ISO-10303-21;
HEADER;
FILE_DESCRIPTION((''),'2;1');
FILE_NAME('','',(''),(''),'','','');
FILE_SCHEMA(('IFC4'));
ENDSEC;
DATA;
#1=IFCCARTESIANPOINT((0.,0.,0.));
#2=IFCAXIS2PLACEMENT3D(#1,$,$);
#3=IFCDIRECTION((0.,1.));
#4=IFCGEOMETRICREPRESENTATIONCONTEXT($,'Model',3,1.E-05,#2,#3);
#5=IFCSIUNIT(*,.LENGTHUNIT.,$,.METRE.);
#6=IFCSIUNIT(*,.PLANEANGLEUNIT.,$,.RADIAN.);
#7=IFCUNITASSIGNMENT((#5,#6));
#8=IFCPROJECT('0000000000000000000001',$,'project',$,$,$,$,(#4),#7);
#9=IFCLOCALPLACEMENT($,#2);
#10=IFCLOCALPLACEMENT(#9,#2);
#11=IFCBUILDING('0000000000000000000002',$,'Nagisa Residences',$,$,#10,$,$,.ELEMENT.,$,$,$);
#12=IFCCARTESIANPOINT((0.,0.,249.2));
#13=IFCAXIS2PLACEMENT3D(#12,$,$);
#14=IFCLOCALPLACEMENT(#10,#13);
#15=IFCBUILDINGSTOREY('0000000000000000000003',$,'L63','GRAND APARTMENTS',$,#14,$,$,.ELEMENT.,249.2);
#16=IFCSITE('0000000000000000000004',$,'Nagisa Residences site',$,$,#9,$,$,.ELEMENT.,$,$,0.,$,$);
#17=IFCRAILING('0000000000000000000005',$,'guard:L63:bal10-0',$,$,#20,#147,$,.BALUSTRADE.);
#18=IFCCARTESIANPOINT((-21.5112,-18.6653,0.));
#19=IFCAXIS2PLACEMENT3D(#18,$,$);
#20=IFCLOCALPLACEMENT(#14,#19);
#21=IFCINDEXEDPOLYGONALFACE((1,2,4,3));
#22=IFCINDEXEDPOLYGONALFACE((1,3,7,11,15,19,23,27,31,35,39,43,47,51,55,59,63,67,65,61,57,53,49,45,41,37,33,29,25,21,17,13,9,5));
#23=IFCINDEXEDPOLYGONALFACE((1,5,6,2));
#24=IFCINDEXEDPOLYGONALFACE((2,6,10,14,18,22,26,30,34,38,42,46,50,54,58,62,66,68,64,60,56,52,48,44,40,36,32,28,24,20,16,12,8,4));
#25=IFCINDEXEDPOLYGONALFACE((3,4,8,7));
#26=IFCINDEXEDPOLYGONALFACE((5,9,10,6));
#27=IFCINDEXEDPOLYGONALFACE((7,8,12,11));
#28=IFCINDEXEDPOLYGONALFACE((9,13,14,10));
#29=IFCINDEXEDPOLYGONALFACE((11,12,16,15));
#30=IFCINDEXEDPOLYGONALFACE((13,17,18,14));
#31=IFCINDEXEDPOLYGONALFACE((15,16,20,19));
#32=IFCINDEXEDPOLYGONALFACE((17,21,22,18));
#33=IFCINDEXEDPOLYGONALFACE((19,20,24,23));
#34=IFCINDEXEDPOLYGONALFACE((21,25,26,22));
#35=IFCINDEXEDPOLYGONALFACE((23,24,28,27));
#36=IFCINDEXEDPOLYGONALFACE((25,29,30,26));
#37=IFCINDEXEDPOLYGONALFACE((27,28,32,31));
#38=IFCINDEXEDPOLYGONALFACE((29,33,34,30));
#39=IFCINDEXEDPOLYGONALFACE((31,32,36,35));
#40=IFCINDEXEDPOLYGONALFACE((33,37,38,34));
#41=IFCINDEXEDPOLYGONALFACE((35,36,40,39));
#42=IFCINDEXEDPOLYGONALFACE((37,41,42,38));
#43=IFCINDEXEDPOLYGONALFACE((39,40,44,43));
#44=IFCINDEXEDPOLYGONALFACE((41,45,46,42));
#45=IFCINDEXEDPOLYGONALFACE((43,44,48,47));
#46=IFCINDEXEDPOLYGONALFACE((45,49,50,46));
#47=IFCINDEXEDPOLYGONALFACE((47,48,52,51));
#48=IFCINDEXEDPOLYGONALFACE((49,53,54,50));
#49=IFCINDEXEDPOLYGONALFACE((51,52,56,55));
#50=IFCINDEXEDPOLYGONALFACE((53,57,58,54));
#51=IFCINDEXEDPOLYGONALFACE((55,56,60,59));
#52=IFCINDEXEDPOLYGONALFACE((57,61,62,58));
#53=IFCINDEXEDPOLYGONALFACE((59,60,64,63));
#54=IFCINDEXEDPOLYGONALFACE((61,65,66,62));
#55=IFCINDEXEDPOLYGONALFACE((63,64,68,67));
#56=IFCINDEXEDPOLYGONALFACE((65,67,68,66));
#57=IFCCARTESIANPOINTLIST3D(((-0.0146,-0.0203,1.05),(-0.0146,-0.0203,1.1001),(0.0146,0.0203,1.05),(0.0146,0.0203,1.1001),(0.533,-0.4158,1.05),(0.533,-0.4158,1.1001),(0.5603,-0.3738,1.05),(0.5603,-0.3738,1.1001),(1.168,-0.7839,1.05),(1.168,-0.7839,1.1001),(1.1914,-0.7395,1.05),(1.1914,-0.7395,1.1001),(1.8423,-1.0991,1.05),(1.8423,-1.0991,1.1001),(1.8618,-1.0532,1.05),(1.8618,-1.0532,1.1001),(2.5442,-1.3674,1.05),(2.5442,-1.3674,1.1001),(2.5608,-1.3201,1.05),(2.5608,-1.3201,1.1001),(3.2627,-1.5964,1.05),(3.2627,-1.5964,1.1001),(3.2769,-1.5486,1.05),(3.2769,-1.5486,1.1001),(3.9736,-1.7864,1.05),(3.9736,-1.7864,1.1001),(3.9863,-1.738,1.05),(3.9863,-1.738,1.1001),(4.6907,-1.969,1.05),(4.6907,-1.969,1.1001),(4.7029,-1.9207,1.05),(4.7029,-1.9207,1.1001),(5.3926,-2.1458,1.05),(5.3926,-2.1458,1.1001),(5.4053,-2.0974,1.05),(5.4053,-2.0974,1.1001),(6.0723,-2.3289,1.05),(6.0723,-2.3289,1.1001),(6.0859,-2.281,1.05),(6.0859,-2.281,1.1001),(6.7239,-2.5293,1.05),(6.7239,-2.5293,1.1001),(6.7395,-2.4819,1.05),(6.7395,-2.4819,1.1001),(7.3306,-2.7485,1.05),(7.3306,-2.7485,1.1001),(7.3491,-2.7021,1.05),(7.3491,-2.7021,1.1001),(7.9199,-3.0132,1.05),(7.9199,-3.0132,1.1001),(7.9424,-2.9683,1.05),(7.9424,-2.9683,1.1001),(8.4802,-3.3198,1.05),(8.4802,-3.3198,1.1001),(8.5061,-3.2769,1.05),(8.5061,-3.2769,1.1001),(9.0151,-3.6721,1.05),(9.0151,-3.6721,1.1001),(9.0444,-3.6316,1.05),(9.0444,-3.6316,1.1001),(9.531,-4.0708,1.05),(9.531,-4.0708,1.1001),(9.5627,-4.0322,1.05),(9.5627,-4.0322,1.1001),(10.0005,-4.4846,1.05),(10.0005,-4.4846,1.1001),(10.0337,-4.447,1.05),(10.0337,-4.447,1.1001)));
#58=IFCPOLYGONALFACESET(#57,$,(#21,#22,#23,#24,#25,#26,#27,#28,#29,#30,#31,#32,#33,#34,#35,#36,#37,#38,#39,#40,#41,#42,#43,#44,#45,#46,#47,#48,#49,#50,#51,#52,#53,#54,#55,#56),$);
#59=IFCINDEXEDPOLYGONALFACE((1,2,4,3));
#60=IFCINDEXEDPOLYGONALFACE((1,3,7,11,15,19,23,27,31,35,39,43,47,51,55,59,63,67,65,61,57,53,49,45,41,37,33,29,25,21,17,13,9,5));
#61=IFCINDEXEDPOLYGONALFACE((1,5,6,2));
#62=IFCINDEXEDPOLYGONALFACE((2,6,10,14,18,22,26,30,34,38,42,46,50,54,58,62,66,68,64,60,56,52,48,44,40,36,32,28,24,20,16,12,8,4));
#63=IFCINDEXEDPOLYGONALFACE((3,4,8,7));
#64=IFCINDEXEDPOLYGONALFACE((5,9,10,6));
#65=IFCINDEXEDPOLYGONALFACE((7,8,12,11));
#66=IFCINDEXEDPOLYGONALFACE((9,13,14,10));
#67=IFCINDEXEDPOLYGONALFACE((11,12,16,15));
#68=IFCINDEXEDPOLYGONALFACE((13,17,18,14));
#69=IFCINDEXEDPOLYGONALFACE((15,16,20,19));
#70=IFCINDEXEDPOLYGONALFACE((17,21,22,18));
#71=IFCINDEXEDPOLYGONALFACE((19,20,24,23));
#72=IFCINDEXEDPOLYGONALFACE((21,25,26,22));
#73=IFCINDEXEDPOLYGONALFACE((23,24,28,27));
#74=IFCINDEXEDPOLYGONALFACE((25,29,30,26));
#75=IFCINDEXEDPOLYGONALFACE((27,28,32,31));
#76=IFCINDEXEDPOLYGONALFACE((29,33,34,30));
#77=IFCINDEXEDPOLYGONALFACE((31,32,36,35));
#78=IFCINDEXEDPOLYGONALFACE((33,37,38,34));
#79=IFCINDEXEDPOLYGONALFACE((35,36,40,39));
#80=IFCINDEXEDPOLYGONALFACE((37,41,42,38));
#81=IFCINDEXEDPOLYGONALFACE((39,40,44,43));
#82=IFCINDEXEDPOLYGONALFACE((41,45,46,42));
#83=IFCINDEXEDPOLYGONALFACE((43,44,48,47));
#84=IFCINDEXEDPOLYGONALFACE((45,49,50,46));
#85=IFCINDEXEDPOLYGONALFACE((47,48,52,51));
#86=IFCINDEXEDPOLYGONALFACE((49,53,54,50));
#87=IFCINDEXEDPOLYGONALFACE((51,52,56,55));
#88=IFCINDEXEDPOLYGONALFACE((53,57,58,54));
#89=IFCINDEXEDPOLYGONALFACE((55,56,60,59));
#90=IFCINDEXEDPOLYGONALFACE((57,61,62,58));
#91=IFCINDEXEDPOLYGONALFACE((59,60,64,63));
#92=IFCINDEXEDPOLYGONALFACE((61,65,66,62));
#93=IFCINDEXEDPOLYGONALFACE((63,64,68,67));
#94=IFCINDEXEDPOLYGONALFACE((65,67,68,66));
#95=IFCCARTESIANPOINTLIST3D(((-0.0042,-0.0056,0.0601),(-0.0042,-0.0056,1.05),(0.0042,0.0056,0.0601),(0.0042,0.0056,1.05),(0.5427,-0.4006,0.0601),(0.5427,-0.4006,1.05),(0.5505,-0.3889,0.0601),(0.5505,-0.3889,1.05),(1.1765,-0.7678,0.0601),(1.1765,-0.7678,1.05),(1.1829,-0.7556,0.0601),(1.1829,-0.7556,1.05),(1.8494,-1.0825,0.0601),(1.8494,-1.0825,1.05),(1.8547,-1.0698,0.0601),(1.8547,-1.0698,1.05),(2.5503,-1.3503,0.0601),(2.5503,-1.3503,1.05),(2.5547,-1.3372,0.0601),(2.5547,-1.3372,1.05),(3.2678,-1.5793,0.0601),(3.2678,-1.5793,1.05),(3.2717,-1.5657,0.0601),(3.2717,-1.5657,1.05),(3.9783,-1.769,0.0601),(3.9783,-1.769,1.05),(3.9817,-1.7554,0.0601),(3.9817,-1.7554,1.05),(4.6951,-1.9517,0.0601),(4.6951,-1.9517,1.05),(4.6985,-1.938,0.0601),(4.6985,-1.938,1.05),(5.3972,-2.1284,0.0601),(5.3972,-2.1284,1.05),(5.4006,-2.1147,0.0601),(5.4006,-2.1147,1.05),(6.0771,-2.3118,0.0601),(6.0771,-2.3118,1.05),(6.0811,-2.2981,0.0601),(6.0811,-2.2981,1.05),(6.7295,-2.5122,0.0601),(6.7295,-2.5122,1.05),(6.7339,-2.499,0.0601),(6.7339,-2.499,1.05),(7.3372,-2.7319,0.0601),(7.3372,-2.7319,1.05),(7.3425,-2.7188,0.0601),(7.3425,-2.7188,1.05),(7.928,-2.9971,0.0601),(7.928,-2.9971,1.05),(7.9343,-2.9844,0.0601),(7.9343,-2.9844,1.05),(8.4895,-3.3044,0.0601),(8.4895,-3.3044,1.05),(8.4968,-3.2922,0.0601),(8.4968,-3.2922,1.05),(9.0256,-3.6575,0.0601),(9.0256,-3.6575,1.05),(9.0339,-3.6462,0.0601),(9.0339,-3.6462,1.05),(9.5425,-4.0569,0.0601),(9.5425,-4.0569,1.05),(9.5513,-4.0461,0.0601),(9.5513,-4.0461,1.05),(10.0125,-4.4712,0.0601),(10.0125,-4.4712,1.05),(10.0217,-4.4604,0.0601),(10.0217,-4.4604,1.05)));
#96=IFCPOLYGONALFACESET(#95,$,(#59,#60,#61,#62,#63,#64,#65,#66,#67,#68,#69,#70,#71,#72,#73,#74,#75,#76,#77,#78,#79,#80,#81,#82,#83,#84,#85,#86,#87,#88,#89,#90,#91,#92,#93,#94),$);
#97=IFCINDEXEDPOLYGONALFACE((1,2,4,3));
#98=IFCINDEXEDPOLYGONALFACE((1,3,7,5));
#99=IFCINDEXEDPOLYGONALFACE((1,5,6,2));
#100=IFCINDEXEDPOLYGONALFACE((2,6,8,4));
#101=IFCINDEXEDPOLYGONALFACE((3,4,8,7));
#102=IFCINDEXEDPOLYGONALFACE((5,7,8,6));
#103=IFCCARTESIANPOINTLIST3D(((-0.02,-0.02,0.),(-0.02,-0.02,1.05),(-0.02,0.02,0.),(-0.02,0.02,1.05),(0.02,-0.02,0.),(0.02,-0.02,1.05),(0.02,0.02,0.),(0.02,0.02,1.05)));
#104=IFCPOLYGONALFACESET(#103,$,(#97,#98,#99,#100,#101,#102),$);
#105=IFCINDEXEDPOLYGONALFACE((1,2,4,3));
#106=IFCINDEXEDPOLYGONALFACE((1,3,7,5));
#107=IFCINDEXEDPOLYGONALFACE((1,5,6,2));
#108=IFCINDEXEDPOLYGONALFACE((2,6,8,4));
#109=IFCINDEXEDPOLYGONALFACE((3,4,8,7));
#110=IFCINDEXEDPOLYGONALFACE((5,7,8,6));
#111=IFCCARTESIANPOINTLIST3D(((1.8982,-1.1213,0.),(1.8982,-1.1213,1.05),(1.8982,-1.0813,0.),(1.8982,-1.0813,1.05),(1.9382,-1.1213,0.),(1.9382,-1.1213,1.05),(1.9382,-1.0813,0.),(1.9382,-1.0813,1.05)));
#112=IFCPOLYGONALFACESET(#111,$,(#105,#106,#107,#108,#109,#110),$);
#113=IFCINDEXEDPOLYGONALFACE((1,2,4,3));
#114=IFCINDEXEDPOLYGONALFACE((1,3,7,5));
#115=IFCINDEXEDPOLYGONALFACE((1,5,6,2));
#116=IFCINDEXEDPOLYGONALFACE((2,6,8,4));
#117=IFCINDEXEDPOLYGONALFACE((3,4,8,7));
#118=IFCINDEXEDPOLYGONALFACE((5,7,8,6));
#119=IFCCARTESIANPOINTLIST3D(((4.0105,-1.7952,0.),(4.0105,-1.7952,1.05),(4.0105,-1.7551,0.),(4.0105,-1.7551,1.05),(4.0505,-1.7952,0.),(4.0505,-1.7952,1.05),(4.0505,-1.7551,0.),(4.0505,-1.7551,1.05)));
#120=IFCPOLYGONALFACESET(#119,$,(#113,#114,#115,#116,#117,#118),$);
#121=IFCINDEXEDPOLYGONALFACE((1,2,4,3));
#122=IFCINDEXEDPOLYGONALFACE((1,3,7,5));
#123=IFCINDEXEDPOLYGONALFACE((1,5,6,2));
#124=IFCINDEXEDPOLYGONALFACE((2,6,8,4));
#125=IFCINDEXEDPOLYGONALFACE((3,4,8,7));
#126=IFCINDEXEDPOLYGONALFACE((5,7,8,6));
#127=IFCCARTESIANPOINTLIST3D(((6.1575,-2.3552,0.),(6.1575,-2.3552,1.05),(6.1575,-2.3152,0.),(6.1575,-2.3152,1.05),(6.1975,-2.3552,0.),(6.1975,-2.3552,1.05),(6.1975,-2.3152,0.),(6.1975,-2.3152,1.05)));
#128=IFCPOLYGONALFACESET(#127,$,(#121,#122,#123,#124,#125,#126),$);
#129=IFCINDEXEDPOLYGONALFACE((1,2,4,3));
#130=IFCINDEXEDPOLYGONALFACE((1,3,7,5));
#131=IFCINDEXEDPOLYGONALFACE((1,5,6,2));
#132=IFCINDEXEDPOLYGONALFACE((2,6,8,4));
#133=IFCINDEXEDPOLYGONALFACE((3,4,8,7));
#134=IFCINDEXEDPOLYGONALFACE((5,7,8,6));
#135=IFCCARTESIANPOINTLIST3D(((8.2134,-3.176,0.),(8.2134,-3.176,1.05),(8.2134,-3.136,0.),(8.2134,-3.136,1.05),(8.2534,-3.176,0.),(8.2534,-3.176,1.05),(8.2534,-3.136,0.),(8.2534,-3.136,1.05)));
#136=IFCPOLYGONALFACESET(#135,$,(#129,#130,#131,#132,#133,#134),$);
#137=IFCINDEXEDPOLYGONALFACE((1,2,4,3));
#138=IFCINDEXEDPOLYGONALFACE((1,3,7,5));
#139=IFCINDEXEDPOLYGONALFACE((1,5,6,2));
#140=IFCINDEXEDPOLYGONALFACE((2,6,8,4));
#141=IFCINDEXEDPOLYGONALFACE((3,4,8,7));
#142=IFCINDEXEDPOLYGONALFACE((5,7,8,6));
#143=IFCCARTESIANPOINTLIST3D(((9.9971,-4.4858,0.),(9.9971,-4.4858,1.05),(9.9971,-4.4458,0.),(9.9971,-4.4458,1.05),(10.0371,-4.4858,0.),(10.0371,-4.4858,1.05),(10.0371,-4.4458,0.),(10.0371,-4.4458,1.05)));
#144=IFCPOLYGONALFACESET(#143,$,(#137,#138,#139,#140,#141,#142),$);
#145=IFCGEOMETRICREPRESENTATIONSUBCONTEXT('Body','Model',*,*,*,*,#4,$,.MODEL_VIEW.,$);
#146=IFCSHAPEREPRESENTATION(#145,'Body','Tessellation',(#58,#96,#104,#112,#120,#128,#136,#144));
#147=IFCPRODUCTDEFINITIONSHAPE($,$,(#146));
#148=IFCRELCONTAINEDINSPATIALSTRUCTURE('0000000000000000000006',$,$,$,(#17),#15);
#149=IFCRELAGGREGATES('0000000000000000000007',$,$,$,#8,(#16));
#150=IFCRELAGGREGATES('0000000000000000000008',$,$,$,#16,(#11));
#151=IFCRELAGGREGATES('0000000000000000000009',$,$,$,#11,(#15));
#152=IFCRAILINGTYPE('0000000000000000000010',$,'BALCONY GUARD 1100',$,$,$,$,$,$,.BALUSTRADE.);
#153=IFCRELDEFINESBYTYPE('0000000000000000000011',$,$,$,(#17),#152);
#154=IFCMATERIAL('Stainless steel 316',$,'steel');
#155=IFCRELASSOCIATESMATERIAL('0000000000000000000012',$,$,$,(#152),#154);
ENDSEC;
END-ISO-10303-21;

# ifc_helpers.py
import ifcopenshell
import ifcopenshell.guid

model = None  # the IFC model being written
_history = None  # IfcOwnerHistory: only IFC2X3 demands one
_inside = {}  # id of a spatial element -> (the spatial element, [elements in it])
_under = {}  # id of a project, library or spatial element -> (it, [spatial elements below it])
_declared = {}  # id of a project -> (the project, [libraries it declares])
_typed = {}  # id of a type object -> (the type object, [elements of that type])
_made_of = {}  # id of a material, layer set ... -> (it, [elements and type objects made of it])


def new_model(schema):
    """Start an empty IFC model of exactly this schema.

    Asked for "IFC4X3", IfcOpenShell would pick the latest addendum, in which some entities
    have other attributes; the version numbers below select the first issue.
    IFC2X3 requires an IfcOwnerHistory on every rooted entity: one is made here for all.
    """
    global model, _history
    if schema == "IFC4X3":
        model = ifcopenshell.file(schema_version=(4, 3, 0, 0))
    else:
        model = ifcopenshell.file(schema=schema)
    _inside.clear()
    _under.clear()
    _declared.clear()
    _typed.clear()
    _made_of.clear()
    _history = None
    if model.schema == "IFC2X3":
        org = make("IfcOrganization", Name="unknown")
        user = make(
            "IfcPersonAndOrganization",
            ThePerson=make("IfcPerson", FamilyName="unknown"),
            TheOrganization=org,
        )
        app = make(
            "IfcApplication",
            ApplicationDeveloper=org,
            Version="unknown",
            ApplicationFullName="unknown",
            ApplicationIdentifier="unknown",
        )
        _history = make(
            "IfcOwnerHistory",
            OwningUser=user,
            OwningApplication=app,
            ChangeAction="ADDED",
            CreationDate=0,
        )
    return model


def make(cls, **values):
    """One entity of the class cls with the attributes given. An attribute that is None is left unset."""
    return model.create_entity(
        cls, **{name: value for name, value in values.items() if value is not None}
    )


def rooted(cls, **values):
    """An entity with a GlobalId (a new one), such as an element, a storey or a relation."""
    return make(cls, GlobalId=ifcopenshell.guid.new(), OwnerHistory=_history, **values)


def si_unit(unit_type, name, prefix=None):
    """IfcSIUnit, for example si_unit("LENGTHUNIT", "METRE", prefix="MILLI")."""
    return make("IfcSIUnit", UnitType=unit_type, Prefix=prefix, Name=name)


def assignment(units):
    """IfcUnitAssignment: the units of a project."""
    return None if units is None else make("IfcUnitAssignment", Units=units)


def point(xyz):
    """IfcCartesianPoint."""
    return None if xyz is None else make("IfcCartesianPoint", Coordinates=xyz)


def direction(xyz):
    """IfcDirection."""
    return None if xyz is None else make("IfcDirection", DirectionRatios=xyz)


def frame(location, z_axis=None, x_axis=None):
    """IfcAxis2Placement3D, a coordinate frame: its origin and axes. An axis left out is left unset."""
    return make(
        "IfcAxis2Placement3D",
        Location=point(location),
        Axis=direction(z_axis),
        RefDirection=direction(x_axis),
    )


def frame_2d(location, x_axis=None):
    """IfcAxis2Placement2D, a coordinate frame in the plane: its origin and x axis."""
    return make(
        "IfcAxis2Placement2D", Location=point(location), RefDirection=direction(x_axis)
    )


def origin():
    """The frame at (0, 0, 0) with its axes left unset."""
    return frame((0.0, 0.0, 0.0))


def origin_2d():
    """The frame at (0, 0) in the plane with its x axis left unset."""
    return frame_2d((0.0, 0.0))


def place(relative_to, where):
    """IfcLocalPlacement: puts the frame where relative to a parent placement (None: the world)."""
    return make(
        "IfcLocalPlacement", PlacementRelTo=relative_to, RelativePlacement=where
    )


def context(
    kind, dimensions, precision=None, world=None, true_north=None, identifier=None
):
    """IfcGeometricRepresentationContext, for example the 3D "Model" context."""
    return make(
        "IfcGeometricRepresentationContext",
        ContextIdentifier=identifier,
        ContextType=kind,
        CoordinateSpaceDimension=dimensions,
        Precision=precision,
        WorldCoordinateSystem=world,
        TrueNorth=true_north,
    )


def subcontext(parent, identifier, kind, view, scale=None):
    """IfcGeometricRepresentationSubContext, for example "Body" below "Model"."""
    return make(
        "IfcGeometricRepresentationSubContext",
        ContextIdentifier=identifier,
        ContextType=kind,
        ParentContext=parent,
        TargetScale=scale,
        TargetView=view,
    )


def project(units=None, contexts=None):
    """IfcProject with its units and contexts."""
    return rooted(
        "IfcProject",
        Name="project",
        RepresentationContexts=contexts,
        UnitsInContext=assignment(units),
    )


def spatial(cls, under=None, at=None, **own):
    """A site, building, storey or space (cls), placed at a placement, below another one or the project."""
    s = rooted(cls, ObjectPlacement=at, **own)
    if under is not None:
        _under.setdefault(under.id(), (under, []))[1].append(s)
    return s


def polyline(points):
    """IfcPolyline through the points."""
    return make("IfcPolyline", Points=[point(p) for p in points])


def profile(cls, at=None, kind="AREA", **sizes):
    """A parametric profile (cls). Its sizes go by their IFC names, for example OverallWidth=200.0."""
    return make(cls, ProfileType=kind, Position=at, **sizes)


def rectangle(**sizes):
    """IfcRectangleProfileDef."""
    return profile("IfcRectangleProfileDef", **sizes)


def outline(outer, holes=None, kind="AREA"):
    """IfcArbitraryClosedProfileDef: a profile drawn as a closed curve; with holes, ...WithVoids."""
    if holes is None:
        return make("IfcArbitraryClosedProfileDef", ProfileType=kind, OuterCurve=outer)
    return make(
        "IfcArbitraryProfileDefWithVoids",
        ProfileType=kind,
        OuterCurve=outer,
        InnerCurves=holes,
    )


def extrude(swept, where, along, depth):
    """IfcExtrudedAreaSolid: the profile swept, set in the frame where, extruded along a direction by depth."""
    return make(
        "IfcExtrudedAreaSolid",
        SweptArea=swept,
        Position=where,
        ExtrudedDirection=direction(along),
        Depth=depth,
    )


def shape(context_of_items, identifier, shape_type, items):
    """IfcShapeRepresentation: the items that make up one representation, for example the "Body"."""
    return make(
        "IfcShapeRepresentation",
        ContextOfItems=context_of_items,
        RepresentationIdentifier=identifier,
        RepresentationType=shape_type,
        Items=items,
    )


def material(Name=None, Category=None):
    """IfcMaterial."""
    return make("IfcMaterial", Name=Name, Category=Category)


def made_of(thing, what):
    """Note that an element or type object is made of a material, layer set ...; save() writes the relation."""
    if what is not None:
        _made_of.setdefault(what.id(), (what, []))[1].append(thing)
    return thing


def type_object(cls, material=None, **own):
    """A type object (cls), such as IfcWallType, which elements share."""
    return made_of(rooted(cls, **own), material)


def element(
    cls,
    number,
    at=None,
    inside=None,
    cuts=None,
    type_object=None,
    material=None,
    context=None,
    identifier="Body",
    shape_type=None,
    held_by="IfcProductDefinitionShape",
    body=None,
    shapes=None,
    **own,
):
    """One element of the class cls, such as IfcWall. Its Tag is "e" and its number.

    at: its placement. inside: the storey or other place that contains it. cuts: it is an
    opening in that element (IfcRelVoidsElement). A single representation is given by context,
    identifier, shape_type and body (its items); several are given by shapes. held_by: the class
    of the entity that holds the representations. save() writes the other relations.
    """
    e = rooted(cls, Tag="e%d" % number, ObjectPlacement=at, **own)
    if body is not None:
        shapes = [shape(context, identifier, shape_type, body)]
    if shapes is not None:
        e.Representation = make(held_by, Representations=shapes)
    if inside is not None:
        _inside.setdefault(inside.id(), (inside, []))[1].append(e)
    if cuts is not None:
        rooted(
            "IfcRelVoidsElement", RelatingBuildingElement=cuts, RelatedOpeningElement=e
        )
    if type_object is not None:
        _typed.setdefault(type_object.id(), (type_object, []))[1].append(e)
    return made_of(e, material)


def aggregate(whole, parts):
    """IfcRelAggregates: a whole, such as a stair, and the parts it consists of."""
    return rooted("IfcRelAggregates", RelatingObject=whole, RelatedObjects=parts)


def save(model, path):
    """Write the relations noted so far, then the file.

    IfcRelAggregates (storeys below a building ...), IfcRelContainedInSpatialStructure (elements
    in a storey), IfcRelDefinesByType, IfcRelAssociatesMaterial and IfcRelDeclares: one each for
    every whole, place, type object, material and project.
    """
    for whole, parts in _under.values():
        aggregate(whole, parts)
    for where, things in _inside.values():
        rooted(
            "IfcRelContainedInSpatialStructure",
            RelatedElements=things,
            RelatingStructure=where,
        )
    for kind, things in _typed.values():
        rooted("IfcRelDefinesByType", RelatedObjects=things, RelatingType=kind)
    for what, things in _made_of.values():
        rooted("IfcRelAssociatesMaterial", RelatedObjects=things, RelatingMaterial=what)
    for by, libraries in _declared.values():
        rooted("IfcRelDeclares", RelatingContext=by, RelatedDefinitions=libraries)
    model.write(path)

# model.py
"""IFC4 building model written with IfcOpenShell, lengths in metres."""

from ifc_helpers import new_model, si_unit, direction, frame, origin, origin_2d, place, context, subcontext, project, spatial, polyline, rectangle, outline, extrude, material, type_object, element, save


model = new_model("IFC4")

# Units and contexts
model_context = context("Model", 3, precision=1e-05, world=origin(), true_north=direction((0.0, 1.0)))
body_context = subcontext(model_context, "Body", "Model", "MODEL_VIEW")
ifc_project = project(units=[si_unit("LENGTHUNIT", "METRE"), si_unit("PLANEANGLEUNIT", "RADIAN")], contexts=[model_context])

# Site, building, storey
site_placement = place(None, origin())
site = spatial("IfcSite", under=ifc_project, at=site_placement, Name="Nagisa Residences site", CompositionType="ELEMENT", RefElevation=0.0)
building_placement = place(site_placement, origin())
building = spatial("IfcBuilding", under=site, at=building_placement, Name="Nagisa Residences", CompositionType="ELEMENT")
storey_placement = place(building_placement, frame((0.0, 0.0, 249.2)))
storey = spatial("IfcBuildingStorey", under=building, at=storey_placement, Name="L63", Description="GRAND APARTMENTS", CompositionType="ELEMENT", Elevation=249.2)

# Railing
ifc_material_1 = material(Name="Stainless steel 316", Category="steel")
railing_type = type_object("IfcRailingType", Name="BALCONY GUARD 1100", PredefinedType="BALUSTRADE", material=ifc_material_1)
railing_1_placement = place(storey_placement, frame((-21.5112, -18.6653, 0.0)))
element("IfcRailing", 1, at=railing_1_placement, inside=storey, type_object=railing_type, Name="guard:L63:bal10-0", PredefinedType="BALUSTRADE", context=body_context, shape_type="SweptSolid", body=[
    extrude(outline(polyline([(0.5603, -0.3738), (0.0146, 0.0203), (-0.0146, -0.0203), (0.533, -0.4158), (1.168, -0.7839), (1.8423, -1.0991), (2.5442, -1.3674), (3.2627, -1.5964), (3.9736, -1.7864), (4.6907, -1.969), (5.3926, -2.1458), (6.0723, -2.3289), (6.7239, -2.5293), (7.3306, -2.7485), (7.9199, -3.0132), (8.4802, -3.3198), (9.0151, -3.6721), (9.531, -4.0708), (10.0005, -4.4846), (10.0337, -4.447), (9.5627, -4.0322), (9.0444, -3.6316), (8.5061, -3.2769), (7.9424, -2.9683), (7.3491, -2.7021), (6.7395, -2.4819), (6.0859, -2.281), (5.4053, -2.0974), (4.7029, -1.9207), (3.9863, -1.738), (3.2769, -1.5486), (2.5608, -1.3201), (1.8618, -1.0532), (1.1914, -0.7395), (0.5603, -0.3738)])), frame((0.0, 0.0, 1.05)), (0.0, 0.0, 1.0), 0.05),
    extrude(outline(polyline([(0.5505, -0.3889), (0.0042, 0.0056), (-0.0042, -0.0056), (0.5427, -0.4006), (1.1765, -0.7678), (1.8494, -1.0825), (2.5503, -1.3503), (3.2678, -1.5793), (3.9783, -1.769), (4.6951, -1.9517), (5.3972, -2.1284), (6.0771, -2.3118), (6.7295, -2.5122), (7.3372, -2.7319), (7.928, -2.9971), (8.4895, -3.3044), (9.0256, -3.6575), (9.5425, -4.0569), (10.0125, -4.4712), (10.0217, -4.4604), (9.5513, -4.0461), (9.0339, -3.6462), (8.4968, -3.2922), (7.9343, -2.9844), (7.3425, -2.7188), (6.7339, -2.499), (6.0811, -2.2981), (5.4006, -2.1147), (4.6985, -1.938), (3.9817, -1.7554), (3.2717, -1.5657), (2.5547, -1.3372), (1.8547, -1.0698), (1.1829, -0.7556), (0.5505, -0.3889)])), frame((0.0, 0.0, 0.0601)), (0.0, 0.0, 1.0), 0.99),
    extrude(rectangle(XDim=0.04, YDim=0.04, at=origin_2d()), origin(), (0.0, 0.0, 1.0), 1.05),
    extrude(rectangle(XDim=0.04, YDim=0.04, at=origin_2d()), frame((1.9182, -1.1013, 0.0)), (0.0, 0.0, 1.0), 1.05),
    extrude(rectangle(XDim=0.04, YDim=0.04, at=origin_2d()), frame((4.0305, -1.7751, 0.0)), (0.0, 0.0, 1.0), 1.05),
    extrude(rectangle(XDim=0.04, YDim=0.04, at=origin_2d()), frame((6.1775, -2.3352, 0.0)), (0.0, 0.0, 1.0), 1.05),
    extrude(rectangle(XDim=0.04, YDim=0.04, at=origin_2d()), frame((8.2334, -3.156, 0.0)), (0.0, 0.0, 1.0), 1.05),
    extrude(rectangle(XDim=0.04, YDim=0.04, at=origin_2d()), frame((10.0171, -4.4658, 0.0)), (0.0, 0.0, 1.0), 1.05),
])

save(model, "model.ifc")
